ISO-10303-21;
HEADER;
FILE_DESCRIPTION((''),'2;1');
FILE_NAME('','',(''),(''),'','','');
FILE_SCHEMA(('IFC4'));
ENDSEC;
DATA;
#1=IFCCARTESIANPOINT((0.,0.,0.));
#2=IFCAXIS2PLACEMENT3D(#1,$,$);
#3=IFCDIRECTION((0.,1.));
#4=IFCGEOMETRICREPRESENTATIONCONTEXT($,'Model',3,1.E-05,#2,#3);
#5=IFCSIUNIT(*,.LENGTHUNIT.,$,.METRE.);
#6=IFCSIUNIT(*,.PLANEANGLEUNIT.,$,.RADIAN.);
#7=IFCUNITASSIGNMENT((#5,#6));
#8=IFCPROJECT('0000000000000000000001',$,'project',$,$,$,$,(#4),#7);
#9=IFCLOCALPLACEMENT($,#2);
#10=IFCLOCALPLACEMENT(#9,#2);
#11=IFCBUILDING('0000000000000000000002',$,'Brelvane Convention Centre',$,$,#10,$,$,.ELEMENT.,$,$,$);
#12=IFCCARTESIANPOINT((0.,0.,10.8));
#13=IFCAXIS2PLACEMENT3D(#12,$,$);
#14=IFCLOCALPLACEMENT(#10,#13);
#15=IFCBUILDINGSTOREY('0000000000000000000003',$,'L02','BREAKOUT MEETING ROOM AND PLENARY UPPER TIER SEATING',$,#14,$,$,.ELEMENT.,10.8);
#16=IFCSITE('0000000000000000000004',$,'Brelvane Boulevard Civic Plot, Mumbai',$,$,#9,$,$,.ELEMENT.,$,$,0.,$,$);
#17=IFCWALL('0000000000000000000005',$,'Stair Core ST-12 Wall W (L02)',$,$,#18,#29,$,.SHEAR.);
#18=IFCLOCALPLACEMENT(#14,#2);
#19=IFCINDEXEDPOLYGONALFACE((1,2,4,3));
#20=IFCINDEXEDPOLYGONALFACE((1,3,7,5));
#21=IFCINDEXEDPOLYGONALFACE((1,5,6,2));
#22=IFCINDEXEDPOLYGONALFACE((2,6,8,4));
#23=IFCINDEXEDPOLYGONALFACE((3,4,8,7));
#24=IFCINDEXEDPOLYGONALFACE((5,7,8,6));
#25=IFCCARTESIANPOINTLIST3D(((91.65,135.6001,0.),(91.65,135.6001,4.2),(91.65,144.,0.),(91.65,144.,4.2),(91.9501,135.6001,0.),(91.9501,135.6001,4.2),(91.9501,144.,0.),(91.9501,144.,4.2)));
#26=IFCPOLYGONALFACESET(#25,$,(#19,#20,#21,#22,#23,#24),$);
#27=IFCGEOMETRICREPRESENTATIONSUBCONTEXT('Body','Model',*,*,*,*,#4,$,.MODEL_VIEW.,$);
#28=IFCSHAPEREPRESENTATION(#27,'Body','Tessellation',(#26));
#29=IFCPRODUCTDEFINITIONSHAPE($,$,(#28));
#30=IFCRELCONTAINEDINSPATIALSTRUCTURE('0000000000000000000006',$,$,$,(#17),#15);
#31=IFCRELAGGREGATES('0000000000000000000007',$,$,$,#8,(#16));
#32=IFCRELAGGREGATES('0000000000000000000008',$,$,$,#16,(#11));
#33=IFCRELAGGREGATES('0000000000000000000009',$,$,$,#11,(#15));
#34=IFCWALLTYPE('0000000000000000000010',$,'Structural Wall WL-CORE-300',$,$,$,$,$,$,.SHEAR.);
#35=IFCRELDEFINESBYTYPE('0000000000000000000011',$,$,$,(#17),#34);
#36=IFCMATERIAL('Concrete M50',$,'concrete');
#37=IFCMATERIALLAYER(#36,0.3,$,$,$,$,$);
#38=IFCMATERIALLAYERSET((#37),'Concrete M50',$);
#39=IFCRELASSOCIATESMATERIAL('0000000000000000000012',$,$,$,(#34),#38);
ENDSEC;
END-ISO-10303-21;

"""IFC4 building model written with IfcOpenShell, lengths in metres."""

from ifc_helpers import new_model, si_unit, direction, frame, frame_2d, origin, place, context, subcontext, project, spatial, rectangle, extrude, material, layer, layer_set, type_object, element, save


model = new_model("IFC4")

# Units and contexts
model_context = context("Model", 3, precision=1e-05, world=origin(), true_north=direction((0.0, 1.0)))
body_context = subcontext(model_context, "Body", "Model", "MODEL_VIEW")
ifc_project = project(units=[si_unit("LENGTHUNIT", "METRE"), si_unit("PLANEANGLEUNIT", "RADIAN")], contexts=[model_context])

# Site, building, storey
site_placement = place(None, origin())
site = spatial("IfcSite", under=ifc_project, at=site_placement, Name="Brelvane Boulevard Civic Plot, Mumbai", CompositionType="ELEMENT", RefElevation=0.0)
building_placement = place(site_placement, origin())
building = spatial("IfcBuilding", under=site, at=building_placement, Name="Brelvane Convention Centre", CompositionType="ELEMENT")
storey_placement = place(building_placement, frame((0.0, 0.0, 10.8)))
storey = spatial("IfcBuildingStorey", under=building, at=storey_placement, Name="L02", Description="BREAKOUT MEETING ROOM AND PLENARY UPPER TIER SEATING", CompositionType="ELEMENT", Elevation=10.8)

# Shared definitions
ifc_material_1 = material(Name="Concrete M50", Category="concrete")
ifc_layer_1 = layer(ifc_material_1, 0.3)
ifc_layer_set_1 = layer_set([ifc_layer_1], Name="Concrete M50")
wall_type_1 = type_object("IfcWallType", Name="Structural Wall WL-CORE-300", PredefinedType="SHEAR", material=ifc_layer_set_1)

# Wall
wall_1_placement = place(storey_placement, frame((91.8, 135.6001, 0.0), z_axis=(0.0, 0.0, 1.0), x_axis=(0.0, 1.0, 0.0)))
element("IfcWall", 1, at=wall_1_placement, inside=storey, type_object=wall_type_1, Name="Stair Core ST-12 Wall W (L02)", PredefinedType="SHEAR", context=body_context, shape_type="SweptSolid", body=[
    extrude(rectangle(XDim=8.3999, YDim=0.3, at=frame_2d((4.2, 0.0))), origin(), (0.0, 0.0, 1.0), 4.2),
])

save(model, "model.ifc")
